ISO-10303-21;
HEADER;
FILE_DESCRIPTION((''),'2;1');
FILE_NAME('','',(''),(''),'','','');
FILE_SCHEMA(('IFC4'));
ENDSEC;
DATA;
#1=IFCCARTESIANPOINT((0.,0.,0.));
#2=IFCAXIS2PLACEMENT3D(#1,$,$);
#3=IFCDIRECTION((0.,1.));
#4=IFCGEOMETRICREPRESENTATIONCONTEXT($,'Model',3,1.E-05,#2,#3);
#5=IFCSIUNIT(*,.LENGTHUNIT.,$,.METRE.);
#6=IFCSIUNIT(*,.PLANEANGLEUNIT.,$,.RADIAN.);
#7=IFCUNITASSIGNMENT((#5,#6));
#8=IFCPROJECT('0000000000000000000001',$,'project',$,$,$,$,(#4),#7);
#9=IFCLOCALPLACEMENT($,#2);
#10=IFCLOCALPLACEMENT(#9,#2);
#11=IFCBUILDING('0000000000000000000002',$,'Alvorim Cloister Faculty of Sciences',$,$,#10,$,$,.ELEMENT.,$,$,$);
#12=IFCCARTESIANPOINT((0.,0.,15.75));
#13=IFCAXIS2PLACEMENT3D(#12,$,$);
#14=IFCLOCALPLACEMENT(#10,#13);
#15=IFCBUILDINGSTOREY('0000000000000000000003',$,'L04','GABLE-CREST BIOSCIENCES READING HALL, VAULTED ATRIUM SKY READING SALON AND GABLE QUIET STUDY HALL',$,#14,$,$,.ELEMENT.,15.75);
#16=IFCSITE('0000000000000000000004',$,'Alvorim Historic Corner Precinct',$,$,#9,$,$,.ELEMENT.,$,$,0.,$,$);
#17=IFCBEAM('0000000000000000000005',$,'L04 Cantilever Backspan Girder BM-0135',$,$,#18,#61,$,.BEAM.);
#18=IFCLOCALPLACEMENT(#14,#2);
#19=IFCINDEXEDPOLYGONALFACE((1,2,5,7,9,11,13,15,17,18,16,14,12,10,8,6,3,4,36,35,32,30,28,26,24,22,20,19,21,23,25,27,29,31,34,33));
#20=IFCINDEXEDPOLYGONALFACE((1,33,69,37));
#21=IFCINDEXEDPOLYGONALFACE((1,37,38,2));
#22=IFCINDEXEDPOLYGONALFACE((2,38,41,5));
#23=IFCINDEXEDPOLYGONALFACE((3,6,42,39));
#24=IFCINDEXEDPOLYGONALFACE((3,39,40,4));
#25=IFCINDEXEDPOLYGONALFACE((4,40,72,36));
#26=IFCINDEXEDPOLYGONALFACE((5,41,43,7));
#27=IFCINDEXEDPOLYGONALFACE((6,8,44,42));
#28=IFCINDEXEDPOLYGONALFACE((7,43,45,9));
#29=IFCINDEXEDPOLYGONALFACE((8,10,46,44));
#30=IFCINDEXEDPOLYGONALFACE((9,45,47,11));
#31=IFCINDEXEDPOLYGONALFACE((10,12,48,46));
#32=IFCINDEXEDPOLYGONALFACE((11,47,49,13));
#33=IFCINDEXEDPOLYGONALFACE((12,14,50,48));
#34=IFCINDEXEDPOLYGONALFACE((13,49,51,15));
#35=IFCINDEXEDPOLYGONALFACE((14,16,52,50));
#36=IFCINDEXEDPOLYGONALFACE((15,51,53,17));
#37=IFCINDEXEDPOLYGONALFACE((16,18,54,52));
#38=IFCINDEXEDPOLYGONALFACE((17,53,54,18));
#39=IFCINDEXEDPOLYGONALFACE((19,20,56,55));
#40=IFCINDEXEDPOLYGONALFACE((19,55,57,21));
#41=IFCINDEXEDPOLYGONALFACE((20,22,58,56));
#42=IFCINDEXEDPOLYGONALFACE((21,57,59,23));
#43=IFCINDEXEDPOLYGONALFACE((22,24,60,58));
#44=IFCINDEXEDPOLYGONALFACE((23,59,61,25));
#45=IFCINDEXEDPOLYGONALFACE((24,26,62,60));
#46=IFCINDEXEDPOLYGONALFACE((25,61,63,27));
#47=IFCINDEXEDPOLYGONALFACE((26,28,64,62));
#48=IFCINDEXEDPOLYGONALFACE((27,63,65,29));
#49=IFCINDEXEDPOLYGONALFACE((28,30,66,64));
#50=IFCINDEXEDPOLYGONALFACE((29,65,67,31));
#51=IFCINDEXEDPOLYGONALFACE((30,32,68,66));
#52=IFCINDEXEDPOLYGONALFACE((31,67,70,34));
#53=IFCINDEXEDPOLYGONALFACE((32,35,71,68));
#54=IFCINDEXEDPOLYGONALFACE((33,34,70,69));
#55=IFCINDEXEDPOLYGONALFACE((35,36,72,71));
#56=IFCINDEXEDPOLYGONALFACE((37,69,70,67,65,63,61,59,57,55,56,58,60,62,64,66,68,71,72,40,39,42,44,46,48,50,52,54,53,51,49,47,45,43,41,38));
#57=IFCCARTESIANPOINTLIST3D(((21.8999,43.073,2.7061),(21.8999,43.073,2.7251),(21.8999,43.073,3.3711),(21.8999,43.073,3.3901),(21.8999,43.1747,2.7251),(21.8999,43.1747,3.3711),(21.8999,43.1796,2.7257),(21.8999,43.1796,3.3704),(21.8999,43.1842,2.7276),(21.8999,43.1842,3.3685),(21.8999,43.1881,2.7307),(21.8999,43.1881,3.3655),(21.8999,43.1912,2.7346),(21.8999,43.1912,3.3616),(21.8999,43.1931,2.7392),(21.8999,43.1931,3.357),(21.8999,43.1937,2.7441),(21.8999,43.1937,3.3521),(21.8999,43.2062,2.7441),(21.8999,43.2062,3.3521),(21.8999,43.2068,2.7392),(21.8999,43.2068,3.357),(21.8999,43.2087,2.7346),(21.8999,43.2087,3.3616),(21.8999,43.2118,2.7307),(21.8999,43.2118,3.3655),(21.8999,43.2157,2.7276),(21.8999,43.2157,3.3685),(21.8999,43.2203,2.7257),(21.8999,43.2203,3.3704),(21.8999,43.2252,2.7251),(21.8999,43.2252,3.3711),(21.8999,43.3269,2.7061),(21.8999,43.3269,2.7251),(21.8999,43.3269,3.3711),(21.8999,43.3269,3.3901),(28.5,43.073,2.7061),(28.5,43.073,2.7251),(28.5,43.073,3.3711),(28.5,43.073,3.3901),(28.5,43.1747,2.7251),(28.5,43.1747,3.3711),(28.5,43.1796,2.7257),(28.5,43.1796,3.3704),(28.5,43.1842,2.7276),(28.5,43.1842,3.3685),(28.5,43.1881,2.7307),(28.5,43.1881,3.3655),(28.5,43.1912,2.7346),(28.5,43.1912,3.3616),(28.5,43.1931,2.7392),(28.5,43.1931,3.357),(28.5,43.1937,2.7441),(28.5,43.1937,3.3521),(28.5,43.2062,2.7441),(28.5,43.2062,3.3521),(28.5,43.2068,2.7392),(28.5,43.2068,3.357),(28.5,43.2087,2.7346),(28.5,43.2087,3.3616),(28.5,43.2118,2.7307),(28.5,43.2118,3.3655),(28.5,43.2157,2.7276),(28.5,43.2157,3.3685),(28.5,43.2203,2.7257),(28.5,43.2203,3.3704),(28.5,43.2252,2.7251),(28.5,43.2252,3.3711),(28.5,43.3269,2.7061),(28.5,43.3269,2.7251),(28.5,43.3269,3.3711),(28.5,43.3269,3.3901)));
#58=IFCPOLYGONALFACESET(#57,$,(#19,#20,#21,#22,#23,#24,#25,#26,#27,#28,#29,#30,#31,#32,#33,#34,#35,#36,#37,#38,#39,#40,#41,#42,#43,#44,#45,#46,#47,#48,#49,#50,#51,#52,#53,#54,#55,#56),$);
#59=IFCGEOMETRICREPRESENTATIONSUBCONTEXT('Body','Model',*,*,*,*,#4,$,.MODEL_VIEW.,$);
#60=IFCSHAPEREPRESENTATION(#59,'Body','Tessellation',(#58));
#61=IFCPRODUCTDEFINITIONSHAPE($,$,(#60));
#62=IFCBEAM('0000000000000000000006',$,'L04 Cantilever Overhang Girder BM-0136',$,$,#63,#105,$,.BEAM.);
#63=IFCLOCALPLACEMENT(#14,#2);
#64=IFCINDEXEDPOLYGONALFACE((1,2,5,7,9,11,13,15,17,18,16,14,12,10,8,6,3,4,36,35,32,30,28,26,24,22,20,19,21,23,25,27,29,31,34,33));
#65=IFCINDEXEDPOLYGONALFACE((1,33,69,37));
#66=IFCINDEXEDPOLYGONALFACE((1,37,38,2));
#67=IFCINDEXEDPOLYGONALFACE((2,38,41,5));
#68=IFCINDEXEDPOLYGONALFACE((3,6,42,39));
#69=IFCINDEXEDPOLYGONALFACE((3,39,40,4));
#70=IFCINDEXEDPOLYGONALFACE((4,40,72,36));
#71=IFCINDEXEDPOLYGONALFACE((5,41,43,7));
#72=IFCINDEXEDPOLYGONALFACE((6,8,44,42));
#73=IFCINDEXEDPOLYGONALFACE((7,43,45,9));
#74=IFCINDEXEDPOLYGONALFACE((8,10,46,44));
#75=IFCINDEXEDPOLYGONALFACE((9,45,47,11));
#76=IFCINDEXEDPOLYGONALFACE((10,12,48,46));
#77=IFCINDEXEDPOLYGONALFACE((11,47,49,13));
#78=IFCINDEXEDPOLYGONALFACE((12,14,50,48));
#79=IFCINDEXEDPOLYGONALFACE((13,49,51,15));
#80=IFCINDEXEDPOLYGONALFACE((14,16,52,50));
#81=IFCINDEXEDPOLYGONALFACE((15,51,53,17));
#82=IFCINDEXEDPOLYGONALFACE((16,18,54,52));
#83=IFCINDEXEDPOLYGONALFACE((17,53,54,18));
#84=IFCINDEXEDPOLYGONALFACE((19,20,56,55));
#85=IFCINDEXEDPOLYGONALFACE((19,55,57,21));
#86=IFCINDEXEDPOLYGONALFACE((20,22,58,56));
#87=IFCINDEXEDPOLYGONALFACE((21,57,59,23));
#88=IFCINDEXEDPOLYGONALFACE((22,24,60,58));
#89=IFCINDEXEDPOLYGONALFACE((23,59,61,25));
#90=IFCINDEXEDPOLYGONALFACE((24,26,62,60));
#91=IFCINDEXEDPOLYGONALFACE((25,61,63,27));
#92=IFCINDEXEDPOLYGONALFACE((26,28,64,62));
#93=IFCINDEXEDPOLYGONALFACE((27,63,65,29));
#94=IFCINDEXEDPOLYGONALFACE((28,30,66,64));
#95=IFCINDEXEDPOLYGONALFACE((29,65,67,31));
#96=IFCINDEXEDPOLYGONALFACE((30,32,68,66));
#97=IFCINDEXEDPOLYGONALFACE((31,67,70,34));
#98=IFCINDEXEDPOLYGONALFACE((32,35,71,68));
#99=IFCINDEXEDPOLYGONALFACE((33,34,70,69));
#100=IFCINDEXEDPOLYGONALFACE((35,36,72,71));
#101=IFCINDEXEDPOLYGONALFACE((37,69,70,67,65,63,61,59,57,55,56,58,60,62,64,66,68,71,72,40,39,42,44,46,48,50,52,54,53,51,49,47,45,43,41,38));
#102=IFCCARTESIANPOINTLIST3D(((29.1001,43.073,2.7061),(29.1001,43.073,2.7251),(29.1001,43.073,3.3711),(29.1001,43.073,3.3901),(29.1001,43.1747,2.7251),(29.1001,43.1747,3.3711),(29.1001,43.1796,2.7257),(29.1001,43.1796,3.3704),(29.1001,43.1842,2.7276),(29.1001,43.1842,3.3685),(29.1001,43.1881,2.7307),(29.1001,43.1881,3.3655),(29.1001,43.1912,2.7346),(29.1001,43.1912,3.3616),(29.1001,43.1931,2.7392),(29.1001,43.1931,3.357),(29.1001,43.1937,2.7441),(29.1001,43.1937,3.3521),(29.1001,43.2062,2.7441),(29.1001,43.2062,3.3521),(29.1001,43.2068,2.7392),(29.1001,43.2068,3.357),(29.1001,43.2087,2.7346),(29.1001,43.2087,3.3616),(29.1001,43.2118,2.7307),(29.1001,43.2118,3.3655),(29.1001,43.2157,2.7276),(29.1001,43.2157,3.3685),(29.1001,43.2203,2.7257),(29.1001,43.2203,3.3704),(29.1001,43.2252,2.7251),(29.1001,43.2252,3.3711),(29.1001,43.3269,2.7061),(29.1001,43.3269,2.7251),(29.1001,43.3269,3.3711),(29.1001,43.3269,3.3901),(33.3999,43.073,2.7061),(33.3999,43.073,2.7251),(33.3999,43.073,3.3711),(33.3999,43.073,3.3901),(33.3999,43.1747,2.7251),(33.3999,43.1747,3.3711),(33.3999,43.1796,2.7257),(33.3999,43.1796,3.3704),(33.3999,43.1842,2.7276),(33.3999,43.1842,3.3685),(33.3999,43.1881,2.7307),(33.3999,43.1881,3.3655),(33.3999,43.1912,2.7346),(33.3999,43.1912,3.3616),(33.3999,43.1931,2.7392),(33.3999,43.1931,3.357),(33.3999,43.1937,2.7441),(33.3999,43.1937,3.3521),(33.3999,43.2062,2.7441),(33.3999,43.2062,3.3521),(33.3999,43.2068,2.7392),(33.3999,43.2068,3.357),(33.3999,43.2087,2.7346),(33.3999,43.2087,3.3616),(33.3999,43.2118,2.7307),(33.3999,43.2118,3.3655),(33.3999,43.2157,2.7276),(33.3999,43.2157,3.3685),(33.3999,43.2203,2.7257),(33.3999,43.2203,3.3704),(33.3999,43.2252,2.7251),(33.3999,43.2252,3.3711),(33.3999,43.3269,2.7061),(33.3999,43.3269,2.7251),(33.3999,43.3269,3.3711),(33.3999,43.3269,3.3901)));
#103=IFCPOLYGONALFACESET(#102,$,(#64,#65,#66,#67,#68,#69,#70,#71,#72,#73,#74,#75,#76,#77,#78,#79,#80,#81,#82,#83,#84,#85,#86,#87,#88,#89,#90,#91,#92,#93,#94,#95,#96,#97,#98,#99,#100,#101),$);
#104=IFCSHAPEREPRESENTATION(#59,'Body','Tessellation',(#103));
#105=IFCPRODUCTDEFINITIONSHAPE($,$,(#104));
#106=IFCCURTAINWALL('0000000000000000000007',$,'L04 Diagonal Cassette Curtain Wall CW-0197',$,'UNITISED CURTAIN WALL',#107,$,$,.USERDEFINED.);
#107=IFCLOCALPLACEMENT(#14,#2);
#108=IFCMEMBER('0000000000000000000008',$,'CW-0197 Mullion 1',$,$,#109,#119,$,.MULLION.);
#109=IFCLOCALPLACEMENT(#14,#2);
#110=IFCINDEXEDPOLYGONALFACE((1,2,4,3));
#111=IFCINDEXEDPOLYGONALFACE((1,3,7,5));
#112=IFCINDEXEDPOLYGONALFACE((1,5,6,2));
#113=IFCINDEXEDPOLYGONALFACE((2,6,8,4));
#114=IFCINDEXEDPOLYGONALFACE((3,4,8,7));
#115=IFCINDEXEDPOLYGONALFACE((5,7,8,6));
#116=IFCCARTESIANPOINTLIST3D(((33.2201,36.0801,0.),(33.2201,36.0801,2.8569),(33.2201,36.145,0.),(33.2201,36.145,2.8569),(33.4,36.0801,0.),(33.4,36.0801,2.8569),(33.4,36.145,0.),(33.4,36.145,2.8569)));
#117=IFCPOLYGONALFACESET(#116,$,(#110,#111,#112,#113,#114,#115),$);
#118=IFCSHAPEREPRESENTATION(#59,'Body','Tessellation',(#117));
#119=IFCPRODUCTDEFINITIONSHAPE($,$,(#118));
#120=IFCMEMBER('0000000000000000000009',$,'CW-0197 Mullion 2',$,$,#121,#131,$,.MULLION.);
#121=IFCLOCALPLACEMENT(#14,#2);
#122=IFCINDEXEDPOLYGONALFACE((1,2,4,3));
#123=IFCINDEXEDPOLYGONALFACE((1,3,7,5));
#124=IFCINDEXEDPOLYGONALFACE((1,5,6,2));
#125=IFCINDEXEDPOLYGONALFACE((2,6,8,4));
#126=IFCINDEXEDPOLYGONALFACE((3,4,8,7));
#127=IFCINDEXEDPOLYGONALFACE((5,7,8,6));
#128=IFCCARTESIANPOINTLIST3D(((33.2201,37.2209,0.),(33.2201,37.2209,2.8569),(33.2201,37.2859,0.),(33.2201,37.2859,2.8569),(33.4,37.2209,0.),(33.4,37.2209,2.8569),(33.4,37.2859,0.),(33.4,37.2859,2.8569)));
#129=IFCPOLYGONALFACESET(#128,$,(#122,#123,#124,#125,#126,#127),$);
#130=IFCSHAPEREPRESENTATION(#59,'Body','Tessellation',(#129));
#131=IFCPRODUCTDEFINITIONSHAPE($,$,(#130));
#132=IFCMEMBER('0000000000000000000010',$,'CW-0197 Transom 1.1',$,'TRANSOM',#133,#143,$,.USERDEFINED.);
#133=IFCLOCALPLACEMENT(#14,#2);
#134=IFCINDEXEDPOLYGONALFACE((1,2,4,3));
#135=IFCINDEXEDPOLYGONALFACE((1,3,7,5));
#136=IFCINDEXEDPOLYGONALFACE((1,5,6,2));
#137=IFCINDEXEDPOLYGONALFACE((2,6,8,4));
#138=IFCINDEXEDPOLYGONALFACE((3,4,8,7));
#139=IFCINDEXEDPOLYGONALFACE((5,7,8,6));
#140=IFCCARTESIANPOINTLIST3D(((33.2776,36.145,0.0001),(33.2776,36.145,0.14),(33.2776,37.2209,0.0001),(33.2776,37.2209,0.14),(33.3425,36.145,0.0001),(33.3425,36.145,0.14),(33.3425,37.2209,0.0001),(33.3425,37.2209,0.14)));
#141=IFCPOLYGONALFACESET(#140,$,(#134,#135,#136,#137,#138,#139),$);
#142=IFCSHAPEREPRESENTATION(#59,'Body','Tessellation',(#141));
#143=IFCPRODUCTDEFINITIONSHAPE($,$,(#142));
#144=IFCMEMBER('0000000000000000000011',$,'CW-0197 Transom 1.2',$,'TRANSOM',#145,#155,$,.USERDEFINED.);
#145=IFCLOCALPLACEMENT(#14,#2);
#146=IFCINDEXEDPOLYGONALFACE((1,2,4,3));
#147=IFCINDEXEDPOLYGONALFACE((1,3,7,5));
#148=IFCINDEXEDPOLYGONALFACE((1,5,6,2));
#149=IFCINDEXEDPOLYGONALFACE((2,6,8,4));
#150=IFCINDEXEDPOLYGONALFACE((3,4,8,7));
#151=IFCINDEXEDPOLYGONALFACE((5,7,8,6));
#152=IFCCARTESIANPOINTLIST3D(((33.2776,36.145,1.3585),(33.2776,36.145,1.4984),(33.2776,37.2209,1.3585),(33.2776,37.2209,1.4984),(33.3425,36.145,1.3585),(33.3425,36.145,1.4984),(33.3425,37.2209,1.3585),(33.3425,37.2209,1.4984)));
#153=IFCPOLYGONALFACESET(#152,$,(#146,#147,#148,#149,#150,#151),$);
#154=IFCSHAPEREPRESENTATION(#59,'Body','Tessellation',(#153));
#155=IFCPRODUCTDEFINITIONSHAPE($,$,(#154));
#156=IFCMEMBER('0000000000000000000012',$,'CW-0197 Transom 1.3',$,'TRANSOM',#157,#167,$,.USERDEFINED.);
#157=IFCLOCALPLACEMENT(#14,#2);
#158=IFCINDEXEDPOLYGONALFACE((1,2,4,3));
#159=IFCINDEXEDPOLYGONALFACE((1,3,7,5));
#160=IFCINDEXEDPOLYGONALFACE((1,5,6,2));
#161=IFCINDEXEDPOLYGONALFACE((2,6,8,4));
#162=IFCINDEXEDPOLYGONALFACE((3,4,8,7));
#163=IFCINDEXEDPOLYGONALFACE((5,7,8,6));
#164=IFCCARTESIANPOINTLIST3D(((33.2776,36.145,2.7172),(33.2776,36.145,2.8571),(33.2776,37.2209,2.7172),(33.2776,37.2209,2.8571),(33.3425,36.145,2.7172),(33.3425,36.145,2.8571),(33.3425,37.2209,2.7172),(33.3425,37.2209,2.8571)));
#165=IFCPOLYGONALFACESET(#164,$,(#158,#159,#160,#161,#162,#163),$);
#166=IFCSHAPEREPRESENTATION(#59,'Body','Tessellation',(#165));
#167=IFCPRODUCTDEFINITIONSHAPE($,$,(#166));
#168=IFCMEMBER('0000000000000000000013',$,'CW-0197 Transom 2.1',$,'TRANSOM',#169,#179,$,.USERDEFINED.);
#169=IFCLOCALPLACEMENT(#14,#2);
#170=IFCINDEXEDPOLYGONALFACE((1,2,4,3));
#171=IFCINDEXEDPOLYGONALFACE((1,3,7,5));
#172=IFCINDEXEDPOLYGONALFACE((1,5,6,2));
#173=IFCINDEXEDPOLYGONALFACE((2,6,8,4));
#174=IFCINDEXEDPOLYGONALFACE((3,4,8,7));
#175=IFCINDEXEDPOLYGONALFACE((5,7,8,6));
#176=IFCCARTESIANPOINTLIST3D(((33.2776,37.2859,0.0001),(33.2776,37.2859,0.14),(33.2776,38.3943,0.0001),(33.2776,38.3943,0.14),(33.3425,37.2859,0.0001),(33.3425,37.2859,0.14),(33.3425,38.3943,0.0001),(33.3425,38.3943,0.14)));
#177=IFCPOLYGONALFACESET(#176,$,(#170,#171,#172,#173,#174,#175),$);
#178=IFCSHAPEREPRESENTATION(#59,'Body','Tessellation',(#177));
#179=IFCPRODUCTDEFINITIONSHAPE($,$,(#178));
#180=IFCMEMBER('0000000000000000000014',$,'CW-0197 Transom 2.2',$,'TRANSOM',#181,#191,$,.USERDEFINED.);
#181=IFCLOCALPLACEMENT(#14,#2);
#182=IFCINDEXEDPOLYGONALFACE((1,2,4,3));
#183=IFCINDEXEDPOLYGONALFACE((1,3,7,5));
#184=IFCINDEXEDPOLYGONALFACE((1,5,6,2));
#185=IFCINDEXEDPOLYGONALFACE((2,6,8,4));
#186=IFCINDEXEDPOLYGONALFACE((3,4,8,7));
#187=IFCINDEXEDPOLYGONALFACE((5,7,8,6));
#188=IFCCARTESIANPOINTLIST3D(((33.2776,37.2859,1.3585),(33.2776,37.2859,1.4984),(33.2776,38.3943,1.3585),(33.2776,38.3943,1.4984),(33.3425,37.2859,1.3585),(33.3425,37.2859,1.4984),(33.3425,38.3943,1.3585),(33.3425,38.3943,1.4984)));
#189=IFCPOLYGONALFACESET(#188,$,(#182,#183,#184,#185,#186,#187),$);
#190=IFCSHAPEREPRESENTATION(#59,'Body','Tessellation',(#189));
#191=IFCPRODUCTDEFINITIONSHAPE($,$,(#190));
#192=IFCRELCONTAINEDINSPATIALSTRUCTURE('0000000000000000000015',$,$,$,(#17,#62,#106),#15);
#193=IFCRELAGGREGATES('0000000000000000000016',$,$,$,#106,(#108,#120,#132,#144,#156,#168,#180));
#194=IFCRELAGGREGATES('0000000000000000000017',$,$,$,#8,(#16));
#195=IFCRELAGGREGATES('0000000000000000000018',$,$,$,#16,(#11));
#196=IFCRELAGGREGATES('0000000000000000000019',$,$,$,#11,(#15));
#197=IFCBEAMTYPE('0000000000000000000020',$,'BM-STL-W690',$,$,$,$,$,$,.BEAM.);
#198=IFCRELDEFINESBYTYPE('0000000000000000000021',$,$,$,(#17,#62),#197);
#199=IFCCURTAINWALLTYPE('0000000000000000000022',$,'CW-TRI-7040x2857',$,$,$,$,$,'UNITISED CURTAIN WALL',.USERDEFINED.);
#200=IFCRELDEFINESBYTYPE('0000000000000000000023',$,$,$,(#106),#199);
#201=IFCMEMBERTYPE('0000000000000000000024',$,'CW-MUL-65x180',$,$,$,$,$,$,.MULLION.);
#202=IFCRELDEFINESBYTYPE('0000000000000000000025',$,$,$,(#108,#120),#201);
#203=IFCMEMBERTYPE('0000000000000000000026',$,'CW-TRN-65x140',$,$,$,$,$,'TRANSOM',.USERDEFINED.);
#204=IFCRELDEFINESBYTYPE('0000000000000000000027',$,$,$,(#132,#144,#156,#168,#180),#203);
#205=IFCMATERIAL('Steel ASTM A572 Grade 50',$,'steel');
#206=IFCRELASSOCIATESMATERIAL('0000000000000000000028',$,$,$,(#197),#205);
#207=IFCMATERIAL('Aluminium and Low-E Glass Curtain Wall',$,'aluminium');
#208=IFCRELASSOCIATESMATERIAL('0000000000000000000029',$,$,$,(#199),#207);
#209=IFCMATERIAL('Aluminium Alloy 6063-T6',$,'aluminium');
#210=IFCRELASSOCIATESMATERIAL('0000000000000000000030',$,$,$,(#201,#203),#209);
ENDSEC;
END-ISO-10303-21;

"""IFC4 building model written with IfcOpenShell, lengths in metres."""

from ifc_helpers import new_model, si_unit, direction, frame, origin, origin_2d, place, context, subcontext, project, spatial, rectangle, i_section, extrude, material, material_profile, profile_set, type_object, element, aggregate, save


model = new_model("IFC4")

# Units and contexts
model_context = context("Model", 3, precision=1e-05, world=origin(), true_north=direction((0.0, 1.0)))
body_context = subcontext(model_context, "Body", "Model", "MODEL_VIEW")
ifc_project = project(units=[si_unit("LENGTHUNIT", "METRE"), si_unit("PLANEANGLEUNIT", "RADIAN")], contexts=[model_context])

# Site, building, storey
site_placement = place(None, origin())
site = spatial("IfcSite", under=ifc_project, at=site_placement, Name="Alvorim Historic Corner Precinct", CompositionType="ELEMENT", RefElevation=0.0)
building_placement = place(site_placement, origin())
building = spatial("IfcBuilding", under=site, at=building_placement, Name="Alvorim Cloister Faculty of Sciences", CompositionType="ELEMENT")
storey_placement = place(building_placement, frame((0.0, 0.0, 15.75)))
storey = spatial("IfcBuildingStorey", under=building, at=storey_placement, Name="L04", Description="GABLE-CREST BIOSCIENCES READING HALL, VAULTED ATRIUM SKY READING SALON AND GABLE QUIET STUDY HALL", CompositionType="ELEMENT", Elevation=15.75)

# Beams
ifc_material_1 = material(Name="Steel ASTM A572 Grade 50", Category="steel")
ifc_material_profile_1 = material_profile(ifc_material_1, i_section(OverallWidth=0.2539, OverallDepth=0.6841, WebThickness=0.0125, FlangeThickness=0.019, FilletRadius=0.019, at=origin_2d()), Name="W690x140.0")
ifc_profile_set_1 = profile_set([ifc_material_profile_1], Name="Steel ASTM A572 Grade 50")
beam_type_1 = type_object("IfcBeamType", Name="BM-STL-W690", PredefinedType="BEAM", material=ifc_profile_set_1)
beam_1_placement = place(storey_placement, frame((21.8999, 43.2, 3.0481), z_axis=(1.0, 0.0, 0.0), x_axis=(0.0, 1.0, 0.0)))
element("IfcBeam", 1, at=beam_1_placement, inside=storey, type_object=beam_type_1, Name="L04 Cantilever Backspan Girder BM-0135", PredefinedType="BEAM", context=body_context, shape_type="SweptSolid", body=[
    extrude(i_section(OverallWidth=0.2539, OverallDepth=0.6841, WebThickness=0.0125, FlangeThickness=0.019, FilletRadius=0.019, at=origin_2d()), origin(), (0.0, 0.0, 1.0), 6.6001),
])
beam_2_placement = place(storey_placement, frame((29.1001, 43.2, 3.0481), z_axis=(1.0, 0.0, 0.0), x_axis=(0.0, 1.0, 0.0)))
element("IfcBeam", 2, at=beam_2_placement, inside=storey, type_object=beam_type_1, Name="L04 Cantilever Overhang Girder BM-0136", PredefinedType="BEAM", context=body_context, shape_type="SweptSolid", body=[
    extrude(i_section(OverallWidth=0.2539, OverallDepth=0.6841, WebThickness=0.0125, FlangeThickness=0.019, FilletRadius=0.019, at=origin_2d()), origin(), (0.0, 0.0, 1.0), 4.2998),
])

# Curtain wall, members
ifc_material_2 = material(Name="Aluminium and Low-E Glass Curtain Wall", Category="aluminium")
curtain_wall_type = type_object("IfcCurtainWallType", Name="CW-TRI-7040x2857", ElementType="UNITISED CURTAIN WALL", PredefinedType="USERDEFINED", material=ifc_material_2)
curtain_wall_placement = place(storey_placement, origin())
curtain_wall = element("IfcCurtainWall", 3, at=curtain_wall_placement, inside=storey, type_object=curtain_wall_type, Name="L04 Diagonal Cassette Curtain Wall CW-0197", ObjectType="UNITISED CURTAIN WALL", PredefinedType="USERDEFINED")
ifc_material_3 = material(Name="Aluminium Alloy 6063-T6", Category="aluminium")
ifc_material_profile_2 = material_profile(ifc_material_3, rectangle(XDim=0.0649, YDim=0.1799, at=origin_2d()), Name="ALU-MUL-65x180")
ifc_profile_set_2 = profile_set([ifc_material_profile_2], Name="Aluminium Alloy 6063-T6")
member_type_1 = type_object("IfcMemberType", Name="CW-MUL-65x180", PredefinedType="MULLION", material=ifc_profile_set_2)
member_1_placement = place(storey_placement, frame((33.3101, 36.1125, 0.0), z_axis=(0.0, 0.0, 1.0), x_axis=(0.0, 1.0, 0.0)))
member_1 = element("IfcMember", 4, at=member_1_placement, type_object=member_type_1, Name="CW-0197 Mullion 1", PredefinedType="MULLION", context=body_context, shape_type="SweptSolid", body=[
    extrude(rectangle(XDim=0.0649, YDim=0.1799, at=origin_2d()), origin(), (0.0, 0.0, 1.0), 2.8569),
])
member_2_placement = place(storey_placement, frame((33.3101, 37.2534, 0.0), z_axis=(0.0, 0.0, 1.0), x_axis=(0.0, 1.0, 0.0)))
member_2 = element("IfcMember", 5, at=member_2_placement, type_object=member_type_1, Name="CW-0197 Mullion 2", PredefinedType="MULLION", context=body_context, shape_type="SweptSolid", body=[
    extrude(rectangle(XDim=0.0649, YDim=0.1799, at=origin_2d()), origin(), (0.0, 0.0, 1.0), 2.8569),
])
ifc_material_profile_3 = material_profile(ifc_material_3, rectangle(XDim=0.0649, YDim=0.1399, at=origin_2d()), Name="ALU-TRN-65x140")
ifc_profile_set_3 = profile_set([ifc_material_profile_3], Name="Aluminium Alloy 6063-T6")
member_type_2 = type_object("IfcMemberType", Name="CW-TRN-65x140", ElementType="TRANSOM", PredefinedType="USERDEFINED", material=ifc_profile_set_3)
member_3_placement = place(storey_placement, frame((33.3101, 36.145, 0.0701), z_axis=(0.0, 1.0, 0.0), x_axis=(-1.0, 0.0, 0.0)))
member_3 = element("IfcMember", 6, at=member_3_placement, type_object=member_type_2, Name="CW-0197 Transom 1.1", ObjectType="TRANSOM", PredefinedType="USERDEFINED", context=body_context, shape_type="SweptSolid", body=[
    extrude(rectangle(XDim=0.0649, YDim=0.1399, at=origin_2d()), origin(), (0.0, 0.0, 1.0), 1.0759),
])
member_4_placement = place(storey_placement, frame((33.3101, 36.145, 1.4285), z_axis=(0.0, 1.0, 0.0), x_axis=(-1.0, 0.0, 0.0)))
member_4 = element("IfcMember", 7, at=member_4_placement, type_object=member_type_2, Name="CW-0197 Transom 1.2", ObjectType="TRANSOM", PredefinedType="USERDEFINED", context=body_context, shape_type="SweptSolid", body=[
    extrude(rectangle(XDim=0.0649, YDim=0.1399, at=origin_2d()), origin(), (0.0, 0.0, 1.0), 1.0759),
])
member_5_placement = place(storey_placement, frame((33.3101, 36.145, 2.7871), z_axis=(0.0, 1.0, 0.0), x_axis=(-1.0, 0.0, 0.0)))
member_5 = element("IfcMember", 8, at=member_5_placement, type_object=member_type_2, Name="CW-0197 Transom 1.3", ObjectType="TRANSOM", PredefinedType="USERDEFINED", context=body_context, shape_type="SweptSolid", body=[
    extrude(rectangle(XDim=0.0649, YDim=0.1399, at=origin_2d()), origin(), (0.0, 0.0, 1.0), 1.0759),
])
member_6_placement = place(storey_placement, frame((33.3101, 37.2859, 0.0701), z_axis=(0.0, 1.0, 0.0), x_axis=(-1.0, 0.0, 0.0)))
member_6 = element("IfcMember", 9, at=member_6_placement, type_object=member_type_2, Name="CW-0197 Transom 2.1", ObjectType="TRANSOM", PredefinedType="USERDEFINED", context=body_context, shape_type="SweptSolid", body=[
    extrude(rectangle(XDim=0.0649, YDim=0.1399, at=origin_2d()), origin(), (0.0, 0.0, 1.0), 1.1084),
])
member_7_placement = place(storey_placement, frame((33.3101, 37.2859, 1.4285), z_axis=(0.0, 1.0, 0.0), x_axis=(-1.0, 0.0, 0.0)))
member_7 = element("IfcMember", 10, at=member_7_placement, type_object=member_type_2, Name="CW-0197 Transom 2.2", ObjectType="TRANSOM", PredefinedType="USERDEFINED", context=body_context, shape_type="SweptSolid", body=[
    extrude(rectangle(XDim=0.0649, YDim=0.1399, at=origin_2d()), origin(), (0.0, 0.0, 1.0), 1.1084),
])
aggregate(curtain_wall, [member_1, member_2, member_3, member_4, member_5, member_6, member_7])

save(model, "model.ifc")
